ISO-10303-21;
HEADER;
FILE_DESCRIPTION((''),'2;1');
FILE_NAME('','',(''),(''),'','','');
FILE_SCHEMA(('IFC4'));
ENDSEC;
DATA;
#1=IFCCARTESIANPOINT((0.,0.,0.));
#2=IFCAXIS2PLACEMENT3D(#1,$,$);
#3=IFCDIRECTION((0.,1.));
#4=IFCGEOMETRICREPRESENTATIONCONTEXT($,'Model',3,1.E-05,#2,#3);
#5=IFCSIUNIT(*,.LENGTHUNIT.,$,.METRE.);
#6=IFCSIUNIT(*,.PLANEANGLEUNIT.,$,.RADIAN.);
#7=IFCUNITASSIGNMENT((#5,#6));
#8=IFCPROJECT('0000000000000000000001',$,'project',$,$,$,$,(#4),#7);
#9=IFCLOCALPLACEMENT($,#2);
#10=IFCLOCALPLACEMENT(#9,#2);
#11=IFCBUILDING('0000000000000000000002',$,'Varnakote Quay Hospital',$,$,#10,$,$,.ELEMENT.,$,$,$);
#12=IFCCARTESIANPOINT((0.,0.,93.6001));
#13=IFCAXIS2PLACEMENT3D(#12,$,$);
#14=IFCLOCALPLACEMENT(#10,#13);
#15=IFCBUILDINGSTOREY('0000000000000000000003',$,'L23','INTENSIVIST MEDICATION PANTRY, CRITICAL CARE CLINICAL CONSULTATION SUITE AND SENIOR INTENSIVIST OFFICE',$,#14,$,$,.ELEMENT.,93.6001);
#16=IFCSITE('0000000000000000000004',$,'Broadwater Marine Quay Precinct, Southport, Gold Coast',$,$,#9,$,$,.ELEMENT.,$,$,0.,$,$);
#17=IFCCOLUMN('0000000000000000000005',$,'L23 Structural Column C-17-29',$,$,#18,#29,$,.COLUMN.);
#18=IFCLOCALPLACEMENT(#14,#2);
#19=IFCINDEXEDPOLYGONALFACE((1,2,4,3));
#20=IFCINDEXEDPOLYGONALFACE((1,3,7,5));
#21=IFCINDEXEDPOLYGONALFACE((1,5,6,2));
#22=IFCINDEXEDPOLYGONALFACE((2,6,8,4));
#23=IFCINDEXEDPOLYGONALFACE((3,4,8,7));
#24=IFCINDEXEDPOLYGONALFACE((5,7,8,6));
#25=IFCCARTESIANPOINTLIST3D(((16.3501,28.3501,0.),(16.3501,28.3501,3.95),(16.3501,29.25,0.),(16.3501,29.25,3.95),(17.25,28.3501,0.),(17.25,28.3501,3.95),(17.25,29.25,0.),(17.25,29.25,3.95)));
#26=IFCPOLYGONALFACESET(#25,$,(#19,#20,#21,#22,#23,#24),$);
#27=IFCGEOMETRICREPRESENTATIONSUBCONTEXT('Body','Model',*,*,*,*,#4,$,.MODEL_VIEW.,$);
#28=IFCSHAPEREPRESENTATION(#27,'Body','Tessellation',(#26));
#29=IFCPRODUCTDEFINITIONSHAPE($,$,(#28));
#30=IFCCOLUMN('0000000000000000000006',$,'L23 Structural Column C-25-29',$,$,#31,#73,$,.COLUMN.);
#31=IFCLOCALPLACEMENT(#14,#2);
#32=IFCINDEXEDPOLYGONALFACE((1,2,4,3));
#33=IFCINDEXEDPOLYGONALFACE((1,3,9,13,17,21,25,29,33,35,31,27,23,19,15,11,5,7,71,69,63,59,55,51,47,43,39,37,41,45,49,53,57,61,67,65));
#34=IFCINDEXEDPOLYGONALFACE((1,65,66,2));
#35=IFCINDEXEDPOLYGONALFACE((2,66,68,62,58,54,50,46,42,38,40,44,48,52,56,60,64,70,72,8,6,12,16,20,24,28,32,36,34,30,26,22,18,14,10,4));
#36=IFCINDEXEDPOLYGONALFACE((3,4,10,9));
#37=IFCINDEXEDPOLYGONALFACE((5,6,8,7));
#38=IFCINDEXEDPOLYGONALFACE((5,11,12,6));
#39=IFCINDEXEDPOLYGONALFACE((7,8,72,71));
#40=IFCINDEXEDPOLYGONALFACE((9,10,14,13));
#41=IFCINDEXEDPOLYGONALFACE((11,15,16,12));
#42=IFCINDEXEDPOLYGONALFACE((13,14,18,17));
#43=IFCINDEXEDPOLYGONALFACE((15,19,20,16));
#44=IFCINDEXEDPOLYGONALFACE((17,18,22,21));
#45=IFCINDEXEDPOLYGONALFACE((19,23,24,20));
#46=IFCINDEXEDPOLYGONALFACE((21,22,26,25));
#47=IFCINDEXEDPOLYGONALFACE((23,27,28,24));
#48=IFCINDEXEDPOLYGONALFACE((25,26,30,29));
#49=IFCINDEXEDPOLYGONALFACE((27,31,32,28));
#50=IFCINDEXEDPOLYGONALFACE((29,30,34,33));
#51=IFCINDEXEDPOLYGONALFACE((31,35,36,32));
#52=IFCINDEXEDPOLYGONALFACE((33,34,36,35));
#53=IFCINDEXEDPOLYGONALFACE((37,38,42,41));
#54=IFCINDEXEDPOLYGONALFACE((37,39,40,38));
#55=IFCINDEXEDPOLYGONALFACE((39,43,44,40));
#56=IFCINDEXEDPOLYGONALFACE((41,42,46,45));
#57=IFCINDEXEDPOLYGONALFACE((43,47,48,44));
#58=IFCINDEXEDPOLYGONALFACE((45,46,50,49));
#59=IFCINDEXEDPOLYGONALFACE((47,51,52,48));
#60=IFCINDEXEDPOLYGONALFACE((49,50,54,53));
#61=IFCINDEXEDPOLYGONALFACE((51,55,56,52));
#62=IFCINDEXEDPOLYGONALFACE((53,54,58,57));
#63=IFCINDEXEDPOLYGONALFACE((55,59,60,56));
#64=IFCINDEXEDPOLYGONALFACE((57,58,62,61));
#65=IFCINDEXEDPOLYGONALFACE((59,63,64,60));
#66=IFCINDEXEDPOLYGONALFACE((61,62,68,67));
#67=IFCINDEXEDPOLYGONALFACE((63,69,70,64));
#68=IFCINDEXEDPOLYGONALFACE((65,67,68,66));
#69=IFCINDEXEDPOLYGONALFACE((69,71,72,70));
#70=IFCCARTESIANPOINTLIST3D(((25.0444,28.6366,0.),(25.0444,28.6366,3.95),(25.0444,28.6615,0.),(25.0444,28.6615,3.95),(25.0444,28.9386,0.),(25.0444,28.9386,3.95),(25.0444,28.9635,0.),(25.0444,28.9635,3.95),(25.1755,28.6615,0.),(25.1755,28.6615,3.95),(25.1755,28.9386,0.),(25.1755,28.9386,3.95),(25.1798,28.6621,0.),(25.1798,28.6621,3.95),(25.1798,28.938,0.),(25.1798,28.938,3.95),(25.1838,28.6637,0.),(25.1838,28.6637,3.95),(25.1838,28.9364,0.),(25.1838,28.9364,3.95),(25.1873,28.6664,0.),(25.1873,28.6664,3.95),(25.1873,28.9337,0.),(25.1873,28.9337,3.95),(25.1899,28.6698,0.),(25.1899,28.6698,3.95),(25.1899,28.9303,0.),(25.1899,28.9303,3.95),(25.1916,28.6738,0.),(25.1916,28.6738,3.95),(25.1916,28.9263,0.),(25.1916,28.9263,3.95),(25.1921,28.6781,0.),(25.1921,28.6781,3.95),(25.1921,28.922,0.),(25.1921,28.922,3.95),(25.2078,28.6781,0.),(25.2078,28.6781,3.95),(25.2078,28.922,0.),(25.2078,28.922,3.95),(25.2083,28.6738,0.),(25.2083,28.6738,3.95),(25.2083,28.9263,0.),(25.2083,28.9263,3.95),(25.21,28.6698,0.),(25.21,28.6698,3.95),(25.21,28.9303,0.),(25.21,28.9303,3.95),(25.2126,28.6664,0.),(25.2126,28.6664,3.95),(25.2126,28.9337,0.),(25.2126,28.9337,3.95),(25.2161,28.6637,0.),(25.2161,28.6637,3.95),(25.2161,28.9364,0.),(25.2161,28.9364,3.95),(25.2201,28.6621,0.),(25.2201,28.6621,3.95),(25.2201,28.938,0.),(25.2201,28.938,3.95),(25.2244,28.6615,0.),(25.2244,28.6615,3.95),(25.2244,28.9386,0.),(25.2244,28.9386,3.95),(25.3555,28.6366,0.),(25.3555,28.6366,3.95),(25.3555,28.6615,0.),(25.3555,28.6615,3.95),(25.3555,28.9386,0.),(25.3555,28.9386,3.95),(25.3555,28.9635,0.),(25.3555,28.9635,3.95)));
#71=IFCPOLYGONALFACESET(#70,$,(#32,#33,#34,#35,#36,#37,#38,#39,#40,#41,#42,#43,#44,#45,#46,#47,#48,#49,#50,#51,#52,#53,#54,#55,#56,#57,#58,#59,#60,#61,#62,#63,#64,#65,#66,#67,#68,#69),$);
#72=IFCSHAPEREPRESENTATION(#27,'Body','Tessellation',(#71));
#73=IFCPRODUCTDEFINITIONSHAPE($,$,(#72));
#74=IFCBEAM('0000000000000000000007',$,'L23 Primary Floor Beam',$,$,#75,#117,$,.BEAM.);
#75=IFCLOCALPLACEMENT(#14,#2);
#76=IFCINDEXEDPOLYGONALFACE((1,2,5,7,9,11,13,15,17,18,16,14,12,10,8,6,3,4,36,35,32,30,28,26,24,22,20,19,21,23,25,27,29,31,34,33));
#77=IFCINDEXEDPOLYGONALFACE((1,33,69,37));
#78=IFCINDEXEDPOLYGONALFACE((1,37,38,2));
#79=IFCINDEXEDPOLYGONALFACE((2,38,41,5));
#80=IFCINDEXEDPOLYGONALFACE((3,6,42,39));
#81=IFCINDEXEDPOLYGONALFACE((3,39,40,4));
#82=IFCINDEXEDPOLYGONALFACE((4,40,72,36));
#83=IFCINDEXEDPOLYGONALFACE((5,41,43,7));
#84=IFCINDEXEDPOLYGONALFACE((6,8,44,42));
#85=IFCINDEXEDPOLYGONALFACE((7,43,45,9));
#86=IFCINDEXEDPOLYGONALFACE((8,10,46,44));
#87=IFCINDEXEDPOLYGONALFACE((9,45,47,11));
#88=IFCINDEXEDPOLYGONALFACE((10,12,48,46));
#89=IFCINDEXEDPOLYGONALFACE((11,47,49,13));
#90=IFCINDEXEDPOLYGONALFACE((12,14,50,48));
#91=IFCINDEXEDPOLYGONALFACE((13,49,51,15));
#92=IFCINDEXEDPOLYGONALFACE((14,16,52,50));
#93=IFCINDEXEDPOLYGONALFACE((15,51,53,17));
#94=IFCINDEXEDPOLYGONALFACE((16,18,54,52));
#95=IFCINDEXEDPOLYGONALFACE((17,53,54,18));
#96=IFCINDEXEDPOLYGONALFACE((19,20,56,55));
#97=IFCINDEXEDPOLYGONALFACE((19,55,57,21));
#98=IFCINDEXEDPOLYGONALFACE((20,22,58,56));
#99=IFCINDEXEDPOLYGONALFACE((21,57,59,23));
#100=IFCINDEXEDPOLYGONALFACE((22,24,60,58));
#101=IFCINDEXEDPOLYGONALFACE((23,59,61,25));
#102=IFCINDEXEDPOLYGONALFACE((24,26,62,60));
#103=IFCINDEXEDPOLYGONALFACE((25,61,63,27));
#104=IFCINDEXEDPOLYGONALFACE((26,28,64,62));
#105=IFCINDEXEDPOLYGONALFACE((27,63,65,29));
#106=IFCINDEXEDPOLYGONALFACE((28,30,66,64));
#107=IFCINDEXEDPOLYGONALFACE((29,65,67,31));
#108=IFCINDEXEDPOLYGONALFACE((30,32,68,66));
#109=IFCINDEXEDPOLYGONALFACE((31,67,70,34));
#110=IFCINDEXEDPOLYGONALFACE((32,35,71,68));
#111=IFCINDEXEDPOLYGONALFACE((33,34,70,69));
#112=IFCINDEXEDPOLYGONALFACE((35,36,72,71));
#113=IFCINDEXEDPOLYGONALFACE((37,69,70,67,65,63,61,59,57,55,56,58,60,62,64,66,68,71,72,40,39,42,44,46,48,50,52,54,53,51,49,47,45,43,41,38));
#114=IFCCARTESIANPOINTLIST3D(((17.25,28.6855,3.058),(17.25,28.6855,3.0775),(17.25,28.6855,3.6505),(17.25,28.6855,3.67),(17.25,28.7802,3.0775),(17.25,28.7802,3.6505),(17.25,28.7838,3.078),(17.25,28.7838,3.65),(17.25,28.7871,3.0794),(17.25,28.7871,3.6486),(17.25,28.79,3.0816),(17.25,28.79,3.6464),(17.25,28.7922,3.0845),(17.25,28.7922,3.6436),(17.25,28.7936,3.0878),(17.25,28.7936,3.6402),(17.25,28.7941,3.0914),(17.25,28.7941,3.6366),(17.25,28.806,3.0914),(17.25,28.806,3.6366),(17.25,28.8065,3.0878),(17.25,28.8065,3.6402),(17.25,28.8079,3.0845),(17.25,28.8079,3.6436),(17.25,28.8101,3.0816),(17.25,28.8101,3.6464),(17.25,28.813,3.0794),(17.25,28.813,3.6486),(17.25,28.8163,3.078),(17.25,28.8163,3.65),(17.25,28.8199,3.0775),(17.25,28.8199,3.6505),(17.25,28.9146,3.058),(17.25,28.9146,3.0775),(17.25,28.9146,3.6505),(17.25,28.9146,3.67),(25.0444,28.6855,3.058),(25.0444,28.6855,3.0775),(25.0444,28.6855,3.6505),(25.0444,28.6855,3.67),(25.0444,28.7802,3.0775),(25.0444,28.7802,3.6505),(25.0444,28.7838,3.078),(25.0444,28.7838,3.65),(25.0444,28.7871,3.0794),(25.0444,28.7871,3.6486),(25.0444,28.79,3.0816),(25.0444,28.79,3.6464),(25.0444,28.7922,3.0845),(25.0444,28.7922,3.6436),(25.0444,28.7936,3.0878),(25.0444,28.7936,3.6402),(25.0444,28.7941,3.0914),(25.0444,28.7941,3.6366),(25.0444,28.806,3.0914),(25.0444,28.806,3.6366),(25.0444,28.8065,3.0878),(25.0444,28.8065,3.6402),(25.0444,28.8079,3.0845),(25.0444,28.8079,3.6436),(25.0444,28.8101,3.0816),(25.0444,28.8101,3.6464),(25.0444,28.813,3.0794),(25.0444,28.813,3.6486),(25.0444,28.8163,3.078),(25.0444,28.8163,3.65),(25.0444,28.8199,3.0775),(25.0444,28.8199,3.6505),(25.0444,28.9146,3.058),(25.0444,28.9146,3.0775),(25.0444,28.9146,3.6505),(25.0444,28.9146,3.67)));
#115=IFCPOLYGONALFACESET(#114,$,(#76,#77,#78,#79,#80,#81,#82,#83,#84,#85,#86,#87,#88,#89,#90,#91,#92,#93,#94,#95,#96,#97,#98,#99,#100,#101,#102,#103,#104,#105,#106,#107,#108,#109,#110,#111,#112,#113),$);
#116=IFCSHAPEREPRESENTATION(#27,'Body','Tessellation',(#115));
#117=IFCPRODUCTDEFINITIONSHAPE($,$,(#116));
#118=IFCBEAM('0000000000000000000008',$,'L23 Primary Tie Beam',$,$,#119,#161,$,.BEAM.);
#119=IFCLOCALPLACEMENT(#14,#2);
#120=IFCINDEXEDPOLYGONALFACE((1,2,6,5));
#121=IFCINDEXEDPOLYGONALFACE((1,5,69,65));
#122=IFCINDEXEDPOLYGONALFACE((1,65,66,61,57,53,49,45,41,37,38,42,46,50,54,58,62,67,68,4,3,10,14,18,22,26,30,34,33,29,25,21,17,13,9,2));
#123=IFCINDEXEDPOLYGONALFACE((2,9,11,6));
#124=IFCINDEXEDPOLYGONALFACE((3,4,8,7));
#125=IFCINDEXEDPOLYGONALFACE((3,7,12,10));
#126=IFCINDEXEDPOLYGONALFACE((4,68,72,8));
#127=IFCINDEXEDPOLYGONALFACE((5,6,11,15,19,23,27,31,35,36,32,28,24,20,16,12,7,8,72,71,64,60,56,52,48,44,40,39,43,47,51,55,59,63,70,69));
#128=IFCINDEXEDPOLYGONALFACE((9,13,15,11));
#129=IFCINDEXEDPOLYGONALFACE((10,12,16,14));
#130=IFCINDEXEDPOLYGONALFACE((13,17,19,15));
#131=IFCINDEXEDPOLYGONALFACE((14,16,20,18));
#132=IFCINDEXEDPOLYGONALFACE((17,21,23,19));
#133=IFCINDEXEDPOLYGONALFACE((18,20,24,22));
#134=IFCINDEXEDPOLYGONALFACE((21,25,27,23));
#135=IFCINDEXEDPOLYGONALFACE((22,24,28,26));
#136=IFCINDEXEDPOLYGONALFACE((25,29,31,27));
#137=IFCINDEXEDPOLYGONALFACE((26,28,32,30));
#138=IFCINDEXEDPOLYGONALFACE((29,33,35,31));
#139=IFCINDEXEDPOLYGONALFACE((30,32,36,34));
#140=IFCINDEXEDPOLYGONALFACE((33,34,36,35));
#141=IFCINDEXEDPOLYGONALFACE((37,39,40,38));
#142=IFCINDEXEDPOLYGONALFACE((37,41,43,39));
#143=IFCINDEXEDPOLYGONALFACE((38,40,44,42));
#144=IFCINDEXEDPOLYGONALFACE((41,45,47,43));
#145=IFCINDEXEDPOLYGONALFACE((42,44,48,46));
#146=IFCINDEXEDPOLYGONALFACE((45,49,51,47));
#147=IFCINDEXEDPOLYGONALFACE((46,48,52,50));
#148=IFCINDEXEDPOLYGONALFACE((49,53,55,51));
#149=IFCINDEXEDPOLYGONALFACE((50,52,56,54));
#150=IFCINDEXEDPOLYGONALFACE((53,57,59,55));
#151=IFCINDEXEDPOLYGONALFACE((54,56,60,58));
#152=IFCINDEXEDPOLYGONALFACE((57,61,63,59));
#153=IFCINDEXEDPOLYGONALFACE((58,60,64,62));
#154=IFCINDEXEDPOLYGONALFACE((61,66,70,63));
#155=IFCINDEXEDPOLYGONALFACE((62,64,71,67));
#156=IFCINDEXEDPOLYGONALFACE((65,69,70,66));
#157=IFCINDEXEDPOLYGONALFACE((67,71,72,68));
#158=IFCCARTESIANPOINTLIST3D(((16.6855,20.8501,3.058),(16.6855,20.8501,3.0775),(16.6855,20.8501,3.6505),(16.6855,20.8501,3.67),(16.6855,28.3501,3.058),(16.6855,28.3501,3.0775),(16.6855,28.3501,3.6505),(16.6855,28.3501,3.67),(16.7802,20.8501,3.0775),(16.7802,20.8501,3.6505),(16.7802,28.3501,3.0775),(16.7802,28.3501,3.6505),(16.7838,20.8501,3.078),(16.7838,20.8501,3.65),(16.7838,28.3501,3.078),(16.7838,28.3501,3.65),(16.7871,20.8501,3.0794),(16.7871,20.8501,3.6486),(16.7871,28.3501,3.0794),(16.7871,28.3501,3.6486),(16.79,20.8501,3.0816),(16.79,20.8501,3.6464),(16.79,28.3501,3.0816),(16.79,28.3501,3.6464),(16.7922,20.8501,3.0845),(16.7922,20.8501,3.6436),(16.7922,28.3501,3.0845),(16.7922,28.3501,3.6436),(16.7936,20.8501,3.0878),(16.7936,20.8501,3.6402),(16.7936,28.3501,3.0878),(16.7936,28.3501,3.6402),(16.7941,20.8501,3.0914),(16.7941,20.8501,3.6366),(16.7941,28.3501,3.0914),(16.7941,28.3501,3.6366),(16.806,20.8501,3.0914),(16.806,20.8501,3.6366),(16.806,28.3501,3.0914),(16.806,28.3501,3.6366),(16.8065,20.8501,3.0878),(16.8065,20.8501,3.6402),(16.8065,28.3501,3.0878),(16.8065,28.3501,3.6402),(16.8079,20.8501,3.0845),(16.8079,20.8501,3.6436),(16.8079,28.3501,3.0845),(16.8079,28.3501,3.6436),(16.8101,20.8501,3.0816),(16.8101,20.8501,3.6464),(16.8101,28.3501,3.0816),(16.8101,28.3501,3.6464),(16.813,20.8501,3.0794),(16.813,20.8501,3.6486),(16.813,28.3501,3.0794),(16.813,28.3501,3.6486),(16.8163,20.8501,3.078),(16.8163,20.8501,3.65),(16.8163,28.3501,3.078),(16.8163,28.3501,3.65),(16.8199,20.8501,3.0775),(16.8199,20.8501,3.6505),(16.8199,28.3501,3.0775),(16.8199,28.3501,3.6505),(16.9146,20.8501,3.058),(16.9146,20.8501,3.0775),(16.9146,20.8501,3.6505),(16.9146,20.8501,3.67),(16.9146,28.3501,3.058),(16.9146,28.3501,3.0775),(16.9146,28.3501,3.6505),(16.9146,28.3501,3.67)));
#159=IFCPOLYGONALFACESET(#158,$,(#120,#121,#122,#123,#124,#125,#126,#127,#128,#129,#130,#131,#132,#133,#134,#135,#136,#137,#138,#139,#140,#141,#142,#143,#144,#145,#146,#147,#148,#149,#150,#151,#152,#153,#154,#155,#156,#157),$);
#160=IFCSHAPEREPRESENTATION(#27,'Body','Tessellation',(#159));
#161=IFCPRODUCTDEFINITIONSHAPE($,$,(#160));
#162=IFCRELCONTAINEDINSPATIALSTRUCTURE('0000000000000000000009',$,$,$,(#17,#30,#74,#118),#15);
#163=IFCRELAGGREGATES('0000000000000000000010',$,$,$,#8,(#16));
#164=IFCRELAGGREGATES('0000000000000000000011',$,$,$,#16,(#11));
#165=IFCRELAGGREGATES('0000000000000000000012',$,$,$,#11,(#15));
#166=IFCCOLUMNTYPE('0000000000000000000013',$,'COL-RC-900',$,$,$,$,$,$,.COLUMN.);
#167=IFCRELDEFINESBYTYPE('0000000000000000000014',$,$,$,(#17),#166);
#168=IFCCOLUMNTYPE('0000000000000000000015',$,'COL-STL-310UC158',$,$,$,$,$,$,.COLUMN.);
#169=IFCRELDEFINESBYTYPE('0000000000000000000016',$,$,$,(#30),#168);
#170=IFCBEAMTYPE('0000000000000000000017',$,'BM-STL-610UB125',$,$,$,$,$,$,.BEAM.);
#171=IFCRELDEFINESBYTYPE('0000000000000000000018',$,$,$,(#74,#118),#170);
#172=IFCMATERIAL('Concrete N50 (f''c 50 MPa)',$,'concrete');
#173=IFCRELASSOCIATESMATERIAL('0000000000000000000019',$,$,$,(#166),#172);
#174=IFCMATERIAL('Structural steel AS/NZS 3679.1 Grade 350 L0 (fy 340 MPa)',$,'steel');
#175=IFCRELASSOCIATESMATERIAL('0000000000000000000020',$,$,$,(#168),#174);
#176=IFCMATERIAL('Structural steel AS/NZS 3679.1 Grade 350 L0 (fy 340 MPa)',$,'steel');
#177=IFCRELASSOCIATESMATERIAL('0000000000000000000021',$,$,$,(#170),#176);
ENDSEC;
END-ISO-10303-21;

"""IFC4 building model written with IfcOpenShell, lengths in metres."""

from ifc_helpers import new_model, si_unit, direction, frame, origin, origin_2d, place, context, subcontext, project, spatial, rectangle, i_section, extrude, material, material_profile, profile_set, type_object, element, save


model = new_model("IFC4")

# Units and contexts
model_context = context("Model", 3, precision=1e-05, world=origin(), true_north=direction((0.0, 1.0)))
body_context = subcontext(model_context, "Body", "Model", "MODEL_VIEW")
ifc_project = project(units=[si_unit("LENGTHUNIT", "METRE"), si_unit("PLANEANGLEUNIT", "RADIAN")], contexts=[model_context])

# Site, building, storey
site_placement = place(None, origin())
site = spatial("IfcSite", under=ifc_project, at=site_placement, Name="Broadwater Marine Quay Precinct, Southport, Gold Coast", CompositionType="ELEMENT", RefElevation=0.0)
building_placement = place(site_placement, origin())
building = spatial("IfcBuilding", under=site, at=building_placement, Name="Varnakote Quay Hospital", CompositionType="ELEMENT")
storey_placement = place(building_placement, frame((0.0, 0.0, 93.6001)))
storey = spatial("IfcBuildingStorey", under=building, at=storey_placement, Name="L23", Description="INTENSIVIST MEDICATION PANTRY, CRITICAL CARE CLINICAL CONSULTATION SUITE AND SENIOR INTENSIVIST OFFICE", CompositionType="ELEMENT", Elevation=93.6001)

# Columns
ifc_material_1 = material(Name="Concrete N50 (f'c 50 MPa)", Category="concrete")
ifc_material_profile_1 = material_profile(ifc_material_1, rectangle(XDim=0.8999, YDim=0.8999, at=origin_2d()), Name="RC-COL-900x900")
ifc_profile_set_1 = profile_set([ifc_material_profile_1], Name="Concrete N50 (f'c 50 MPa)")
column_type_1 = type_object("IfcColumnType", Name="COL-RC-900", PredefinedType="COLUMN", material=ifc_profile_set_1)
column_1_placement = place(storey_placement, frame((16.8, 28.8, 0.0), z_axis=(0.0, 0.0, 1.0), x_axis=(1.0, 0.0, 0.0)))
element("IfcColumn", 1, at=column_1_placement, inside=storey, type_object=column_type_1, Name="L23 Structural Column C-17-29", PredefinedType="COLUMN", context=body_context, shape_type="SweptSolid", body=[
    extrude(rectangle(XDim=0.8999, YDim=0.8999, at=origin_2d()), origin(), (0.0, 0.0, 1.0), 3.95),
])
ifc_material_2 = material(Name="Structural steel AS/NZS 3679.1 Grade 350 L0 (fy 340 MPa)", Category="steel")
ifc_material_profile_2 = material_profile(ifc_material_2, i_section(OverallWidth=0.311, OverallDepth=0.3269, WebThickness=0.0156, FlangeThickness=0.0249, FilletRadius=0.0166, at=origin_2d()), Name="310UC158")
ifc_profile_set_2 = profile_set([ifc_material_profile_2], Name="Structural steel AS/NZS 3679.1 Grade 350 L0 (fy 340 MPa)")
column_type_2 = type_object("IfcColumnType", Name="COL-STL-310UC158", PredefinedType="COLUMN", material=ifc_profile_set_2)
column_2_placement = place(storey_placement, frame((25.2, 28.8, 0.0), z_axis=(0.0, 0.0, 1.0), x_axis=(1.0, 0.0, 0.0)))
element("IfcColumn", 2, at=column_2_placement, inside=storey, type_object=column_type_2, Name="L23 Structural Column C-25-29", PredefinedType="COLUMN", context=body_context, shape_type="SweptSolid", body=[
    extrude(i_section(OverallWidth=0.311, OverallDepth=0.3269, WebThickness=0.0156, FlangeThickness=0.0249, FilletRadius=0.0166, at=origin_2d()), origin(), (0.0, 0.0, 1.0), 3.95),
])

# Beams
ifc_material_3 = material(Name="Structural steel AS/NZS 3679.1 Grade 350 L0 (fy 340 MPa)", Category="steel")
ifc_material_profile_3 = material_profile(ifc_material_3, i_section(OverallWidth=0.229, OverallDepth=0.6121, WebThickness=0.012, FlangeThickness=0.0195, FilletRadius=0.0139, at=origin_2d()), Name="610UB125")
ifc_profile_set_3 = profile_set([ifc_material_profile_3], Name="Structural steel AS/NZS 3679.1 Grade 350 L0 (fy 340 MPa)")
beam_type_1 = type_object("IfcBeamType", Name="BM-STL-610UB125", PredefinedType="BEAM", material=ifc_profile_set_3)
beam_1_placement = place(storey_placement, frame((17.25, 28.8, 3.364), z_axis=(1.0, 0.0, 0.0), x_axis=(0.0, 1.0, 0.0)))
element("IfcBeam", 3, at=beam_1_placement, inside=storey, type_object=beam_type_1, Name="L23 Primary Floor Beam", PredefinedType="BEAM", context=body_context, shape_type="SweptSolid", body=[
    extrude(i_section(OverallWidth=0.229, OverallDepth=0.6121, WebThickness=0.012, FlangeThickness=0.0195, FilletRadius=0.0139, at=origin_2d()), origin(), (0.0, 0.0, 1.0), 7.7944),
])
beam_2_placement = place(storey_placement, frame((16.8, 20.8501, 3.364), z_axis=(0.0, 1.0, 0.0), x_axis=(-1.0, 0.0, 0.0)))
element("IfcBeam", 4, at=beam_2_placement, inside=storey, type_object=beam_type_1, Name="L23 Primary Tie Beam", PredefinedType="BEAM", context=body_context, shape_type="SweptSolid", body=[
    extrude(i_section(OverallWidth=0.229, OverallDepth=0.6121, WebThickness=0.012, FlangeThickness=0.0195, FilletRadius=0.0139, at=origin_2d()), origin(), (0.0, 0.0, 1.0), 7.5),
])

save(model, "model.ifc")
